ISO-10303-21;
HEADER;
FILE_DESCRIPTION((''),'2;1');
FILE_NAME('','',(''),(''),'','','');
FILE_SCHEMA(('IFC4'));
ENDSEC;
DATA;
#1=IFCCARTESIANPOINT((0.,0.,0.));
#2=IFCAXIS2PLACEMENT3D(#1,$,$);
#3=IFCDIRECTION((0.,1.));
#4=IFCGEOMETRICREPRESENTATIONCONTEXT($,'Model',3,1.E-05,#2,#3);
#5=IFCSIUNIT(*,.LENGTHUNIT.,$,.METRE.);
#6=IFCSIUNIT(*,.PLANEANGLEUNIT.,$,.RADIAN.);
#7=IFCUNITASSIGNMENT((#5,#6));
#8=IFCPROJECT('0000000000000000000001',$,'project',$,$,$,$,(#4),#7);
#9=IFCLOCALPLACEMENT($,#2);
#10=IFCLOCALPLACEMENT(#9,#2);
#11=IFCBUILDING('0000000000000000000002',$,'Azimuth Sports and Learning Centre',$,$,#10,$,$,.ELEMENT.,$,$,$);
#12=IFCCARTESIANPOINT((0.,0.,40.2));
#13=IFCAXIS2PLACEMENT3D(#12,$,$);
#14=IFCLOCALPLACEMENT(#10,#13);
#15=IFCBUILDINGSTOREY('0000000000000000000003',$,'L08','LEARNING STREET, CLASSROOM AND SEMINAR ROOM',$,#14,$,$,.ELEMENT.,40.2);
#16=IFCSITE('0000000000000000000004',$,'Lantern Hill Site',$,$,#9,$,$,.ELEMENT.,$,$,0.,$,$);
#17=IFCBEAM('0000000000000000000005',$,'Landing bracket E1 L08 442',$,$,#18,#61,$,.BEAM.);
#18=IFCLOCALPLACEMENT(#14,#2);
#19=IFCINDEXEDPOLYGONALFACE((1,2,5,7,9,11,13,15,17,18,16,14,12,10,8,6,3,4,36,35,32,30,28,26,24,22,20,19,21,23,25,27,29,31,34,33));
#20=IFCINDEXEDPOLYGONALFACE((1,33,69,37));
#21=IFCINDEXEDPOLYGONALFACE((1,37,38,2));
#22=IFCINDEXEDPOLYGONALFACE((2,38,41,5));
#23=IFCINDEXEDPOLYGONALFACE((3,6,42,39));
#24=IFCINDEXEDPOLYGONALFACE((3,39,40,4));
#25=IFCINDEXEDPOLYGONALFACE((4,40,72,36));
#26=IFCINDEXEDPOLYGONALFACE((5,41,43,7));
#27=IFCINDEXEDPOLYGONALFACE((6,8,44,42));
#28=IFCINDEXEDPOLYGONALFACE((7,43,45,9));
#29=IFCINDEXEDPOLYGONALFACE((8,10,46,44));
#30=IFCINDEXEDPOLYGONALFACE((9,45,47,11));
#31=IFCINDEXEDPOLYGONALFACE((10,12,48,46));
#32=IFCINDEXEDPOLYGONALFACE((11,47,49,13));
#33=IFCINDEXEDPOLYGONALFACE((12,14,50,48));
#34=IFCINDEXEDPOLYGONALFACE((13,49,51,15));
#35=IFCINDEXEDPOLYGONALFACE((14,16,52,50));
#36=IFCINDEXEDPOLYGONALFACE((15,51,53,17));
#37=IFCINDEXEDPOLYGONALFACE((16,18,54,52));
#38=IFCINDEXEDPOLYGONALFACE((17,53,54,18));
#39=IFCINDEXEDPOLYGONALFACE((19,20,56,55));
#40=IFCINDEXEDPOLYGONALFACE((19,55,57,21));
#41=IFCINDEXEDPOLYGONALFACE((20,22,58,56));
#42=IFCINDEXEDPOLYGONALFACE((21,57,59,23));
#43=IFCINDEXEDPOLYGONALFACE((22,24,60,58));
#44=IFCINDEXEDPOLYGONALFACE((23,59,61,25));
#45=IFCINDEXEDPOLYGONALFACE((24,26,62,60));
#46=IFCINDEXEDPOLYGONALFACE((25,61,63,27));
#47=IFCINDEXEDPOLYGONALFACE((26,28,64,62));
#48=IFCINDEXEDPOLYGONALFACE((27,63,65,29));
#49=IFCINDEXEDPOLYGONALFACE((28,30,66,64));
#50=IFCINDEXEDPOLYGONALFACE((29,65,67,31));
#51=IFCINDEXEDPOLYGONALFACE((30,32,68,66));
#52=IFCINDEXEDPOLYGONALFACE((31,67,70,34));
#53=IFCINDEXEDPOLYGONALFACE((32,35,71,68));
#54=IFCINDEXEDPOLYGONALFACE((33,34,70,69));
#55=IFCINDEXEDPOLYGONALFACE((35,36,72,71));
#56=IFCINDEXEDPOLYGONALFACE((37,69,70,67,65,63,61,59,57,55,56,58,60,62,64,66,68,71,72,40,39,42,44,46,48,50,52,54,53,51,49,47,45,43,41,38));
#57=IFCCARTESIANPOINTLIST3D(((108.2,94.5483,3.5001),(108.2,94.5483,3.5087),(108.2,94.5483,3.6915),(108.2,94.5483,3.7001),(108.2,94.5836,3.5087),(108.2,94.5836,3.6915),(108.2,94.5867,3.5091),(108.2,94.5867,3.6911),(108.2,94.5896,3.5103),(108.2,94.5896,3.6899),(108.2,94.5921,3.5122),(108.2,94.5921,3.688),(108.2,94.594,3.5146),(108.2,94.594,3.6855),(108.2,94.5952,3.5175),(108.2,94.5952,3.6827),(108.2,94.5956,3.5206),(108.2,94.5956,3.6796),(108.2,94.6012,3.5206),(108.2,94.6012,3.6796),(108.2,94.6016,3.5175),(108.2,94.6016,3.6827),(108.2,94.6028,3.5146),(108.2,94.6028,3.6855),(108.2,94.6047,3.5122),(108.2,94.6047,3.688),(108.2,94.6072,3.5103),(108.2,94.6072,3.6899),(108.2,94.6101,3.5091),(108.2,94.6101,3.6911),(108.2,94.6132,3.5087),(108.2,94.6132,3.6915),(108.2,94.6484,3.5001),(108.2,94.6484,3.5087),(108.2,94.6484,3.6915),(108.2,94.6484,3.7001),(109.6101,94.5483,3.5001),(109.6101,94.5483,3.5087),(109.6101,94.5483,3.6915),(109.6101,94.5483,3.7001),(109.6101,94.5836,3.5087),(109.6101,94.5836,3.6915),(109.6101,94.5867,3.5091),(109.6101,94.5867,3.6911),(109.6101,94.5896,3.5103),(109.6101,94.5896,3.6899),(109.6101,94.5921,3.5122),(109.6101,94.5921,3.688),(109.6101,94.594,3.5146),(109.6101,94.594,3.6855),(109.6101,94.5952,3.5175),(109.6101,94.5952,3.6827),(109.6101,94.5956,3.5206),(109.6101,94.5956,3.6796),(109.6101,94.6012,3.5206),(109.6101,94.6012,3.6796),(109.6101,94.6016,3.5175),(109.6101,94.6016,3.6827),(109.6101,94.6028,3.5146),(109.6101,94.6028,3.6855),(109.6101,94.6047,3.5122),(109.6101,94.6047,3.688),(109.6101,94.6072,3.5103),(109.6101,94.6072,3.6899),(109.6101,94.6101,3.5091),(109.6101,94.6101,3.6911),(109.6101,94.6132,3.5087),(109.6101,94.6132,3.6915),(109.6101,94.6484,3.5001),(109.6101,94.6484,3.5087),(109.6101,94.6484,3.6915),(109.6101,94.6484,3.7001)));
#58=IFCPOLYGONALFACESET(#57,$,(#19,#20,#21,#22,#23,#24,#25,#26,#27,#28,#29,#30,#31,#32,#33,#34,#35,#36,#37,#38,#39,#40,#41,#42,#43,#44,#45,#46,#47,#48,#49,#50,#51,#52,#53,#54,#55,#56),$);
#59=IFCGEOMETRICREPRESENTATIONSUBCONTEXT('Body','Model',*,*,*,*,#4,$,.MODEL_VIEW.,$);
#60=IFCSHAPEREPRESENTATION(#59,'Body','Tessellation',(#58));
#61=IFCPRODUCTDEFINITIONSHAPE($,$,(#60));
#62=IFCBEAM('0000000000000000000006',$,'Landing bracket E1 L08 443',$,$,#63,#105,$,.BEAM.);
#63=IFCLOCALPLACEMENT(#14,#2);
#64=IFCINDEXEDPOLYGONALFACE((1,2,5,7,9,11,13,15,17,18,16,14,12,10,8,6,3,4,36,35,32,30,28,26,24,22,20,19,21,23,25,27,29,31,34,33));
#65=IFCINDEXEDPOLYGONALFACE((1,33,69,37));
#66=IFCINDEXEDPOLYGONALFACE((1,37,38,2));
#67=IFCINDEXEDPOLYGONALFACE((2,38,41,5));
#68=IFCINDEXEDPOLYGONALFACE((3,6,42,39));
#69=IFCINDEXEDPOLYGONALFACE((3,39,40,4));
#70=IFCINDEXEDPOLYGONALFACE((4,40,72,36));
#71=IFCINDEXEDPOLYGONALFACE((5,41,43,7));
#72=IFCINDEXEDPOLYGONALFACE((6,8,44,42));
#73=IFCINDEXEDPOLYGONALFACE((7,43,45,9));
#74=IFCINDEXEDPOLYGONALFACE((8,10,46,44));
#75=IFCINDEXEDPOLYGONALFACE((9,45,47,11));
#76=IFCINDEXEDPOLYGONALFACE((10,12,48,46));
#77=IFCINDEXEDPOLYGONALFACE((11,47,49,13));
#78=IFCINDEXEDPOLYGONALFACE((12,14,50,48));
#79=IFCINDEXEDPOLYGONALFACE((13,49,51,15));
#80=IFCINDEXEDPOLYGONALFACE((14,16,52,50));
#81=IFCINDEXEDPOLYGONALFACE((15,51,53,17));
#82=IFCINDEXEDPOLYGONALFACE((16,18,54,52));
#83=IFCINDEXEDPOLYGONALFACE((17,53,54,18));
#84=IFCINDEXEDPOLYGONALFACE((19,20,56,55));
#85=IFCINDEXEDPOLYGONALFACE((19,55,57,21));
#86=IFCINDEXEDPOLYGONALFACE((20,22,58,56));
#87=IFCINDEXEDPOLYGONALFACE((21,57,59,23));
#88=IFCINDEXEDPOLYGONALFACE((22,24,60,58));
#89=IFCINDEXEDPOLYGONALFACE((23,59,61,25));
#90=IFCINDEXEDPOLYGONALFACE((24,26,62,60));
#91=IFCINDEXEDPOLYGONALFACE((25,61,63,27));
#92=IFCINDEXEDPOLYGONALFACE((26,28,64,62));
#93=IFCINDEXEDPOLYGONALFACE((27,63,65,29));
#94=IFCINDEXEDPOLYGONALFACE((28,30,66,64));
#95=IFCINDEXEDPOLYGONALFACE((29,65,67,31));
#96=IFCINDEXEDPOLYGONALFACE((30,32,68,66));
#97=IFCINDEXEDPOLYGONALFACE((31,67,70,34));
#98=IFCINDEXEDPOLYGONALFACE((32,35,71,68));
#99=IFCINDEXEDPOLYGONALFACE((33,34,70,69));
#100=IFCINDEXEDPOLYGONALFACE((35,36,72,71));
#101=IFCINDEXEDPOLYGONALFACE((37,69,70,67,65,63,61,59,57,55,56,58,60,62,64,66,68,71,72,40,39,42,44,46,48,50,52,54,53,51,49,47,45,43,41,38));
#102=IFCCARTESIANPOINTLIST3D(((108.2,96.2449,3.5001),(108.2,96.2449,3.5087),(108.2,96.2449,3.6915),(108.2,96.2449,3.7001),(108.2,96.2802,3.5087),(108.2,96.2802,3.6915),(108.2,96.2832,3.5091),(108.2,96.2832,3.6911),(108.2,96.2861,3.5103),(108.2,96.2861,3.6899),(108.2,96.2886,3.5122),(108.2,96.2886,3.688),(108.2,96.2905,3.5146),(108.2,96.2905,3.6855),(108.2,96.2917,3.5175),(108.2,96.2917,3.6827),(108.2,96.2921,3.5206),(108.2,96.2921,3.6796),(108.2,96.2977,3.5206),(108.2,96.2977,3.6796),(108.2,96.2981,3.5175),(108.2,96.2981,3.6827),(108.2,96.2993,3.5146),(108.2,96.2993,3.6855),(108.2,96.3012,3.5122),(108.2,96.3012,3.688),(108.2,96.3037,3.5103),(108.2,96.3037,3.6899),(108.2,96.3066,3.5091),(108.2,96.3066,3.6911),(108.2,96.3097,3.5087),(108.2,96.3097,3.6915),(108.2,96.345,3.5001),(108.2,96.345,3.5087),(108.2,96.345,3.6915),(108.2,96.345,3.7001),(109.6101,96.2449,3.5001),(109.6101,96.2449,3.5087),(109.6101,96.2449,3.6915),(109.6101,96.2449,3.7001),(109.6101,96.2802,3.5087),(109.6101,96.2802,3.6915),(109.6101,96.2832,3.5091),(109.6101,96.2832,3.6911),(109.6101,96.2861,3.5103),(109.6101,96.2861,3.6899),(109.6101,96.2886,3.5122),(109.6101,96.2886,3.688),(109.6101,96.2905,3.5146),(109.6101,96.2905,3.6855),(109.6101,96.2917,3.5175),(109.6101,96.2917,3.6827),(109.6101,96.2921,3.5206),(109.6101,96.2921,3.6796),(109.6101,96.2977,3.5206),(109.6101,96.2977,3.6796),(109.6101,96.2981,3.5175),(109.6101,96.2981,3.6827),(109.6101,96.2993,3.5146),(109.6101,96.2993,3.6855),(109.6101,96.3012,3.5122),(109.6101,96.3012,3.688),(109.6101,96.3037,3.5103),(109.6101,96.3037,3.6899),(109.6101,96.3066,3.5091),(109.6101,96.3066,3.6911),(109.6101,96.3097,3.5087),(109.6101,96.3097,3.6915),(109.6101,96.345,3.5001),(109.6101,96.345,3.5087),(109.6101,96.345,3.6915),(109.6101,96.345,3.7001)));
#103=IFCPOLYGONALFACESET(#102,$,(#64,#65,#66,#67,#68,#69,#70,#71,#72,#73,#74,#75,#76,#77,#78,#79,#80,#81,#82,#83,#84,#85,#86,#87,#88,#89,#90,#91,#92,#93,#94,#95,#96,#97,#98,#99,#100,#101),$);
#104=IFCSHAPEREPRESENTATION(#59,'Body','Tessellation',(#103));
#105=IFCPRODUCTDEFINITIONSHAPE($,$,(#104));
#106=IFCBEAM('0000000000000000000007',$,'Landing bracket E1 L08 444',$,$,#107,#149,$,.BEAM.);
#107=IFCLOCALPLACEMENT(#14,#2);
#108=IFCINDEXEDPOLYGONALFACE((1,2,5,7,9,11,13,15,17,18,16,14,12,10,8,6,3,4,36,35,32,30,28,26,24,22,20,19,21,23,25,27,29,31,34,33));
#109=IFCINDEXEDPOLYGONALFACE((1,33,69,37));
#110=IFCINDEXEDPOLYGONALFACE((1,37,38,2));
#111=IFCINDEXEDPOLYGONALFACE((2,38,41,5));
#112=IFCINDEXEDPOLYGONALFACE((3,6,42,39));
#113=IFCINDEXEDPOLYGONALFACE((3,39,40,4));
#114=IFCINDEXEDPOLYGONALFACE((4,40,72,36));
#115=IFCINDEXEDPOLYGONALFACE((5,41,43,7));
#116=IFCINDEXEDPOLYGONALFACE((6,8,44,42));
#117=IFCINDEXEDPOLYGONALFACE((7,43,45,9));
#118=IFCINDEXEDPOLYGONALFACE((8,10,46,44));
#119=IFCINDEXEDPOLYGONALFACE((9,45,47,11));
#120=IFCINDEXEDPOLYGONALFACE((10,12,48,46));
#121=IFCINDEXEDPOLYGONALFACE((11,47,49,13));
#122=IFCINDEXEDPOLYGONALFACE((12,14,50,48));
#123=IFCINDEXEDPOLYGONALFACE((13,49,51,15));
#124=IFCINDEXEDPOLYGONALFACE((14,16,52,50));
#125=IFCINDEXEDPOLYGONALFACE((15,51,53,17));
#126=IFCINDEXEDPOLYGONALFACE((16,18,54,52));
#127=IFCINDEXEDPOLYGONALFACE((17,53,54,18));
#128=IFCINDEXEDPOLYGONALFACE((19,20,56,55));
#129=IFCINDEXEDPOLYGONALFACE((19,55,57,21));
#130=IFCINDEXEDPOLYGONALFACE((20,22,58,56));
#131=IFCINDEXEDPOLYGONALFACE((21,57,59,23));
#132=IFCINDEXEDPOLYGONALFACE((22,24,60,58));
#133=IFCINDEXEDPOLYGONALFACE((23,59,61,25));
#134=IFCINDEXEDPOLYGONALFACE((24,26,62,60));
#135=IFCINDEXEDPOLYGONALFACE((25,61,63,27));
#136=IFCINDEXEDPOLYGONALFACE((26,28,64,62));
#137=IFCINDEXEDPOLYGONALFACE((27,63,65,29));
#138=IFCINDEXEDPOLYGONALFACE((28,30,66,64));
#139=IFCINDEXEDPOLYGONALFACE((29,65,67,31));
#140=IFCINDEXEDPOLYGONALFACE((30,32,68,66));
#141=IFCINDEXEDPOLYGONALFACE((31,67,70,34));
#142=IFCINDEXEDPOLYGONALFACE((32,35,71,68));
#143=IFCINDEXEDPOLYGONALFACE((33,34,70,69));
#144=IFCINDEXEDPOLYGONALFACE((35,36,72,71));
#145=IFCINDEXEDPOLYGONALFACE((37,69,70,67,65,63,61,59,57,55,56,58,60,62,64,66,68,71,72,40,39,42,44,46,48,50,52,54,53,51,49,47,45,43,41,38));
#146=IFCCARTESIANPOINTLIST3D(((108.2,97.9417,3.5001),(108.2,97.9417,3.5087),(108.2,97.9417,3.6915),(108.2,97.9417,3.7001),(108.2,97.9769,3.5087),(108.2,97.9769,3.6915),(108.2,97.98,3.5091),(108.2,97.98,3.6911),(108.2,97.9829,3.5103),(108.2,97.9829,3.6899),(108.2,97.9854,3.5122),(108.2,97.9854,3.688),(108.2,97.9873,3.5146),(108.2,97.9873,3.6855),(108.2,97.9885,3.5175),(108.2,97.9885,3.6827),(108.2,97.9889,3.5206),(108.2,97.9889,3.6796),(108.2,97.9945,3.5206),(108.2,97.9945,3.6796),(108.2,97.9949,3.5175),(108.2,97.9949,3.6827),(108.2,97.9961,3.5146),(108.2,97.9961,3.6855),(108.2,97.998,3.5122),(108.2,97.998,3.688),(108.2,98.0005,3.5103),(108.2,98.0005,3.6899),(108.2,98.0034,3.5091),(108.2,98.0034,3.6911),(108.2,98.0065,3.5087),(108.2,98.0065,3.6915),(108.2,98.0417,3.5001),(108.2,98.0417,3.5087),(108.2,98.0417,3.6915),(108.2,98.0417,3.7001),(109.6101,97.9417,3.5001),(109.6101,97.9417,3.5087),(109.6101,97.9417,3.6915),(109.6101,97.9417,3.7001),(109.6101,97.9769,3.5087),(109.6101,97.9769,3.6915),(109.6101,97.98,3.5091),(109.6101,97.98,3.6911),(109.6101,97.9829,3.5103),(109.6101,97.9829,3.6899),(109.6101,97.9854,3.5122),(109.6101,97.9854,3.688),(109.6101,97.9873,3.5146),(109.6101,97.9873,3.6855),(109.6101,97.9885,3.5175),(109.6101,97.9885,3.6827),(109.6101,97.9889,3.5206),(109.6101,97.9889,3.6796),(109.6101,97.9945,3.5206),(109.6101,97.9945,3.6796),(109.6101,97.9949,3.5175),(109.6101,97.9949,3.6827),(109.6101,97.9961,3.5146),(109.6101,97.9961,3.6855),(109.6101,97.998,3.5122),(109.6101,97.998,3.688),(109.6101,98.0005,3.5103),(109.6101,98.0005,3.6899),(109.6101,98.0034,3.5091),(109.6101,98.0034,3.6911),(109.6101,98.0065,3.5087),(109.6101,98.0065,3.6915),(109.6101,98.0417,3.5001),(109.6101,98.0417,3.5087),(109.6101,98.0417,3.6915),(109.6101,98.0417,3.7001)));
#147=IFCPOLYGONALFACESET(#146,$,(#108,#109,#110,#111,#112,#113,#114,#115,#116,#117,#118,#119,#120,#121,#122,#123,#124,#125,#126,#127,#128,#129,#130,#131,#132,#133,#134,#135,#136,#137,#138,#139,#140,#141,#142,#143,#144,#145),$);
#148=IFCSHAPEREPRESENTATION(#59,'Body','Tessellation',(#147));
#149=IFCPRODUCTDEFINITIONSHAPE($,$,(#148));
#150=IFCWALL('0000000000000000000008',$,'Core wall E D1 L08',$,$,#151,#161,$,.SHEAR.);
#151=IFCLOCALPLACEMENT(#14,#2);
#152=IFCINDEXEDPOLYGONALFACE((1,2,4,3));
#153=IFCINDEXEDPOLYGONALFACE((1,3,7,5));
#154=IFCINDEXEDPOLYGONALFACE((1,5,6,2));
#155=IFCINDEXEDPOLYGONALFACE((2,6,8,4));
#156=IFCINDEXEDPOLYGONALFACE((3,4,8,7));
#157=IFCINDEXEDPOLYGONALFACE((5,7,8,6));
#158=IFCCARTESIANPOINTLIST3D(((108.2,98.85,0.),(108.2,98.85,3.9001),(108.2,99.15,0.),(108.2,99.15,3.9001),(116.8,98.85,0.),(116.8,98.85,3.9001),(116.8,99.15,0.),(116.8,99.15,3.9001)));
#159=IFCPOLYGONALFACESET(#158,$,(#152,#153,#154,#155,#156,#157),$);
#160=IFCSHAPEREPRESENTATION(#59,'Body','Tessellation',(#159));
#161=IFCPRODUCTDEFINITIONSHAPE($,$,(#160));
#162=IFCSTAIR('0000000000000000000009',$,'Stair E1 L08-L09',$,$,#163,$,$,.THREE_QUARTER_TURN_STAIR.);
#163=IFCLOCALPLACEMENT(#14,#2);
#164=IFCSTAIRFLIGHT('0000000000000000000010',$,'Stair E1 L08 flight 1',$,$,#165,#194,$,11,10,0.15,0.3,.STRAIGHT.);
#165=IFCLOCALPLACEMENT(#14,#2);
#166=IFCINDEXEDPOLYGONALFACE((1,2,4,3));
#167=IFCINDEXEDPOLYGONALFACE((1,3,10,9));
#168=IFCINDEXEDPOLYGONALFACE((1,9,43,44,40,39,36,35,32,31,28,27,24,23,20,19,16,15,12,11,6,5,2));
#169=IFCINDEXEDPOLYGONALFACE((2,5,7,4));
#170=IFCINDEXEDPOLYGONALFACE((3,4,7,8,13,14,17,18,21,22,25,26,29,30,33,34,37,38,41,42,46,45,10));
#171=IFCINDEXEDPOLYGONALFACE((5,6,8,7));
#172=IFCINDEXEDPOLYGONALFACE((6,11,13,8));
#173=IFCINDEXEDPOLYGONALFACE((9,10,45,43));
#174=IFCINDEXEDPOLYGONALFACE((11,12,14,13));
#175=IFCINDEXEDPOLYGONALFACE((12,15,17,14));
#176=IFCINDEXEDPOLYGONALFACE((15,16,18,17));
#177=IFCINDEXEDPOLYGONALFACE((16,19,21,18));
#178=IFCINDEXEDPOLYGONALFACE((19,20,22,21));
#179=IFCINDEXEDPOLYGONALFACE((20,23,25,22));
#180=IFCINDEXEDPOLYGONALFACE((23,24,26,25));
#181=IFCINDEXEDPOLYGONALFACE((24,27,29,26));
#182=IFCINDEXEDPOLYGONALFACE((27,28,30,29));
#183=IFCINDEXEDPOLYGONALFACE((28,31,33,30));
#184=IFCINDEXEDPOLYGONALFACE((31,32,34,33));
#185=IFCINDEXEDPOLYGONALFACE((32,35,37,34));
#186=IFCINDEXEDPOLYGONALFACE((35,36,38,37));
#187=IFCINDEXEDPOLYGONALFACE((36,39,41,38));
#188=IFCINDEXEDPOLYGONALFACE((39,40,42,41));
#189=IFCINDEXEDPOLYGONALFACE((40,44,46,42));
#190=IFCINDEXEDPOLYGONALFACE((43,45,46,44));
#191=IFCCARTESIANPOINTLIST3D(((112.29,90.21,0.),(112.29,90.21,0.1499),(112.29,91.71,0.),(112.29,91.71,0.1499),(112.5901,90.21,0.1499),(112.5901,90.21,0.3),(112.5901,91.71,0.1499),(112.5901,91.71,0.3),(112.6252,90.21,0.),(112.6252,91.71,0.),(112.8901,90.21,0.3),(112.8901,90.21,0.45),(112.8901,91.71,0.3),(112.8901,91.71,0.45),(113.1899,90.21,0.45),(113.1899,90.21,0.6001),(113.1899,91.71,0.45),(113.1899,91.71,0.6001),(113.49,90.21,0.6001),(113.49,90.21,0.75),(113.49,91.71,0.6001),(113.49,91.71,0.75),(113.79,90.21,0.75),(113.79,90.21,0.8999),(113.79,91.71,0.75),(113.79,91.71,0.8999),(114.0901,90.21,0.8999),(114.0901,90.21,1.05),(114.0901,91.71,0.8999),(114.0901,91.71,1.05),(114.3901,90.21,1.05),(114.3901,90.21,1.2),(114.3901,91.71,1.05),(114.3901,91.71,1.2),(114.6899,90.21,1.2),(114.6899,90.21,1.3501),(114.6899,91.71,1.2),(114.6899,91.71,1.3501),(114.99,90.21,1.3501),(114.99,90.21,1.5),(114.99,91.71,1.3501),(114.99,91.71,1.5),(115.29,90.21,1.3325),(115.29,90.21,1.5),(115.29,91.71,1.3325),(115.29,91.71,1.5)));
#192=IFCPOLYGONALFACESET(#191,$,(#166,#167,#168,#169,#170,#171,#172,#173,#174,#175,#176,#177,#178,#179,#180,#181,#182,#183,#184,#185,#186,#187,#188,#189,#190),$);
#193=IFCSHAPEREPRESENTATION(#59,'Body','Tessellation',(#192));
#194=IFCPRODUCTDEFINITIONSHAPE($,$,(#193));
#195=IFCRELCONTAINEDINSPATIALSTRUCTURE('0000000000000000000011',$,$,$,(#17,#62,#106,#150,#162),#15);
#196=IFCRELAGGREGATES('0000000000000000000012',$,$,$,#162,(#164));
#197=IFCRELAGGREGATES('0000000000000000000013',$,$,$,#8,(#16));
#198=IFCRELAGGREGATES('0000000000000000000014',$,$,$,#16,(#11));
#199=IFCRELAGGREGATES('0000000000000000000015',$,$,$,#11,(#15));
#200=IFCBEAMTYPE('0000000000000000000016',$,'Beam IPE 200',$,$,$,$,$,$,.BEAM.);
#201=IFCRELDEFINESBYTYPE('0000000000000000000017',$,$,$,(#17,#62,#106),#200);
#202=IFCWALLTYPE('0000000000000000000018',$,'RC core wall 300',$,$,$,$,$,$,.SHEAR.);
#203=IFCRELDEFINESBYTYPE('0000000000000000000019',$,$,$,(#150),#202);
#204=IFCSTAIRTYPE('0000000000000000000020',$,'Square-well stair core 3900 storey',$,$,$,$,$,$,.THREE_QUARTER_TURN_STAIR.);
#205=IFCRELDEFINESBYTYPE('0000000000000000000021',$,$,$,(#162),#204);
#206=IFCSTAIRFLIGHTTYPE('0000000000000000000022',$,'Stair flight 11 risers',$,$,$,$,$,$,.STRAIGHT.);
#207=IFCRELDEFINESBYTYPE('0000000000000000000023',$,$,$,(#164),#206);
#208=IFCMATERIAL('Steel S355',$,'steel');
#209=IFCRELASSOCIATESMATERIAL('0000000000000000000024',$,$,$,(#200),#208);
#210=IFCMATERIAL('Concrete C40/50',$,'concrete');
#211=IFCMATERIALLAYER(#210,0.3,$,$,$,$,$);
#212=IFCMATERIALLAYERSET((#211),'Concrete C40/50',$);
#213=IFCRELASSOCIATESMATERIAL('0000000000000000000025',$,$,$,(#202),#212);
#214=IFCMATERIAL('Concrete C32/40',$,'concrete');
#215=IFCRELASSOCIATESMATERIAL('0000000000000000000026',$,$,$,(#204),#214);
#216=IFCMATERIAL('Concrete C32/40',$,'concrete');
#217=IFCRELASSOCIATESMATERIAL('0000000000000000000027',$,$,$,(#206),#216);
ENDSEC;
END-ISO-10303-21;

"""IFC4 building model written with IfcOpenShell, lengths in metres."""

from ifc_helpers import new_model, si_unit, direction, frame, frame_2d, origin, origin_2d, place, context, subcontext, project, spatial, polyline, rectangle, i_section, outline, extrude, material, layer, layer_set, material_profile, profile_set, type_object, element, aggregate, save


model = new_model("IFC4")

# Units and contexts
model_context = context("Model", 3, precision=1e-05, world=origin(), true_north=direction((0.0, 1.0)))
body_context = subcontext(model_context, "Body", "Model", "MODEL_VIEW")
ifc_project = project(units=[si_unit("LENGTHUNIT", "METRE"), si_unit("PLANEANGLEUNIT", "RADIAN")], contexts=[model_context])

# Site, building, storey
site_placement = place(None, origin())
site = spatial("IfcSite", under=ifc_project, at=site_placement, Name="Lantern Hill Site", CompositionType="ELEMENT", RefElevation=0.0)
building_placement = place(site_placement, origin())
building = spatial("IfcBuilding", under=site, at=building_placement, Name="Azimuth Sports and Learning Centre", CompositionType="ELEMENT")
storey_placement = place(building_placement, frame((0.0, 0.0, 40.2)))
storey = spatial("IfcBuildingStorey", under=building, at=storey_placement, Name="L08", Description="LEARNING STREET, CLASSROOM AND SEMINAR ROOM", CompositionType="ELEMENT", Elevation=40.2)

# Beams
ifc_material_1 = material(Name="Steel S355", Category="steel")
ifc_material_profile = material_profile(ifc_material_1, i_section(OverallWidth=0.1001, OverallDepth=0.2, WebThickness=0.0056, FlangeThickness=0.0085, FilletRadius=0.012, at=origin_2d()), Name="IPE 200")
ifc_profile_set = profile_set([ifc_material_profile], Name="Steel S355")
beam_type = type_object("IfcBeamType", Name="Beam IPE 200", PredefinedType="BEAM", material=ifc_profile_set)
for number, where, z_axis, x_axis, name in (
    (1, (108.2, 94.5984, 3.6001), (1.0, 0.0, 0.0), (0.0, 1.0, 0.0), "Landing bracket E1 L08 442"),
    (2, (108.2, 96.2949, 3.6001), (1.0, 0.0, 0.0), (0.0, 1.0, 0.0), "Landing bracket E1 L08 443"),
    (3, (108.2, 97.9917, 3.6001), (1.0, 0.0, 0.0), (0.0, 1.0, 0.0), "Landing bracket E1 L08 444"),
):
    element("IfcBeam", number, at=place(storey_placement, frame(where, z_axis=z_axis, x_axis=x_axis)), inside=storey, type_object=beam_type, Name=name, PredefinedType="BEAM", context=body_context, shape_type="SweptSolid", body=[
        extrude(i_section(OverallWidth=0.1001, OverallDepth=0.2, WebThickness=0.0056, FlangeThickness=0.0085, FilletRadius=0.012, at=origin_2d()), origin(), (0.0, 0.0, 1.0), 1.4102),
    ])

# Wall
ifc_material_2 = material(Name="Concrete C40/50", Category="concrete")
ifc_layer_1 = layer(ifc_material_2, 0.3)
ifc_layer_set_1 = layer_set([ifc_layer_1], Name="Concrete C40/50")
wall_type = type_object("IfcWallType", Name="RC core wall 300", PredefinedType="SHEAR", material=ifc_layer_set_1)
wall_placement = place(storey_placement, frame((108.2, 99.0, 0.0), z_axis=(0.0, 0.0, 1.0), x_axis=(1.0, 0.0, 0.0)))
element("IfcWall", 4, at=wall_placement, inside=storey, type_object=wall_type, Name="Core wall E D1 L08", PredefinedType="SHEAR", context=body_context, shape_type="SweptSolid", body=[
    extrude(rectangle(XDim=8.6001, YDim=0.3, at=frame_2d((4.3, 0.0))), origin(), (0.0, 0.0, 1.0), 3.9001),
])

# Stair, stair flight
ifc_material_3 = material(Name="Concrete C32/40", Category="concrete")
stair_type = type_object("IfcStairType", Name="Square-well stair core 3900 storey", PredefinedType="THREE_QUARTER_TURN_STAIR", material=ifc_material_3)
stair_placement = place(storey_placement, origin())
stair = element("IfcStair", 5, at=stair_placement, inside=storey, type_object=stair_type, Name="Stair E1 L08-L09", PredefinedType="THREE_QUARTER_TURN_STAIR")
ifc_material_4 = material(Name="Concrete C32/40", Category="concrete")
stair_flight_type_1 = type_object("IfcStairFlightType", Name="Stair flight 11 risers", PredefinedType="STRAIGHT", material=ifc_material_4)
stair_flight_1_placement = place(storey_placement, frame((112.29, 90.96, 0.0), z_axis=(0.0, 0.0, 1.0), x_axis=(1.0, 0.0, 0.0)))
stair_flight_1 = element("IfcStairFlight", 6, at=stair_flight_1_placement, type_object=stair_flight_type_1, Name="Stair E1 L08 flight 1", NumberOfRisers=11, NumberOfTreads=10, PredefinedType="STRAIGHT", RiserHeight=0.15, TreadLength=0.3, context=body_context, shape_type="SweptSolid", body=[
    extrude(outline(polyline([(0.0, 0.0), (0.0, 0.1499), (0.3, 0.1499), (0.3, 0.3), (0.6001, 0.3), (0.6001, 0.45), (0.8999, 0.45), (0.8999, 0.6001), (1.2, 0.6001), (1.2, 0.75), (1.5, 0.75), (1.5, 0.8999), (1.8, 0.8999), (1.8, 1.05), (2.1001, 1.05), (2.1001, 1.2), (2.3999, 1.2), (2.3999, 1.3501), (2.7, 1.3501), (2.7, 1.5), (3.0, 1.5), (3.0, 1.6499), (3.0, 1.3325), (0.3352, 0.0), (0.0, 0.0)])), frame((0.0, 0.75, 0.0), z_axis=(0.0, -1.0, 0.0), x_axis=(1.0, 0.0, 0.0)), (0.0, 0.0, 1.0), 1.5),
])
aggregate(stair, [stair_flight_1])

save(model, "model.ifc")
